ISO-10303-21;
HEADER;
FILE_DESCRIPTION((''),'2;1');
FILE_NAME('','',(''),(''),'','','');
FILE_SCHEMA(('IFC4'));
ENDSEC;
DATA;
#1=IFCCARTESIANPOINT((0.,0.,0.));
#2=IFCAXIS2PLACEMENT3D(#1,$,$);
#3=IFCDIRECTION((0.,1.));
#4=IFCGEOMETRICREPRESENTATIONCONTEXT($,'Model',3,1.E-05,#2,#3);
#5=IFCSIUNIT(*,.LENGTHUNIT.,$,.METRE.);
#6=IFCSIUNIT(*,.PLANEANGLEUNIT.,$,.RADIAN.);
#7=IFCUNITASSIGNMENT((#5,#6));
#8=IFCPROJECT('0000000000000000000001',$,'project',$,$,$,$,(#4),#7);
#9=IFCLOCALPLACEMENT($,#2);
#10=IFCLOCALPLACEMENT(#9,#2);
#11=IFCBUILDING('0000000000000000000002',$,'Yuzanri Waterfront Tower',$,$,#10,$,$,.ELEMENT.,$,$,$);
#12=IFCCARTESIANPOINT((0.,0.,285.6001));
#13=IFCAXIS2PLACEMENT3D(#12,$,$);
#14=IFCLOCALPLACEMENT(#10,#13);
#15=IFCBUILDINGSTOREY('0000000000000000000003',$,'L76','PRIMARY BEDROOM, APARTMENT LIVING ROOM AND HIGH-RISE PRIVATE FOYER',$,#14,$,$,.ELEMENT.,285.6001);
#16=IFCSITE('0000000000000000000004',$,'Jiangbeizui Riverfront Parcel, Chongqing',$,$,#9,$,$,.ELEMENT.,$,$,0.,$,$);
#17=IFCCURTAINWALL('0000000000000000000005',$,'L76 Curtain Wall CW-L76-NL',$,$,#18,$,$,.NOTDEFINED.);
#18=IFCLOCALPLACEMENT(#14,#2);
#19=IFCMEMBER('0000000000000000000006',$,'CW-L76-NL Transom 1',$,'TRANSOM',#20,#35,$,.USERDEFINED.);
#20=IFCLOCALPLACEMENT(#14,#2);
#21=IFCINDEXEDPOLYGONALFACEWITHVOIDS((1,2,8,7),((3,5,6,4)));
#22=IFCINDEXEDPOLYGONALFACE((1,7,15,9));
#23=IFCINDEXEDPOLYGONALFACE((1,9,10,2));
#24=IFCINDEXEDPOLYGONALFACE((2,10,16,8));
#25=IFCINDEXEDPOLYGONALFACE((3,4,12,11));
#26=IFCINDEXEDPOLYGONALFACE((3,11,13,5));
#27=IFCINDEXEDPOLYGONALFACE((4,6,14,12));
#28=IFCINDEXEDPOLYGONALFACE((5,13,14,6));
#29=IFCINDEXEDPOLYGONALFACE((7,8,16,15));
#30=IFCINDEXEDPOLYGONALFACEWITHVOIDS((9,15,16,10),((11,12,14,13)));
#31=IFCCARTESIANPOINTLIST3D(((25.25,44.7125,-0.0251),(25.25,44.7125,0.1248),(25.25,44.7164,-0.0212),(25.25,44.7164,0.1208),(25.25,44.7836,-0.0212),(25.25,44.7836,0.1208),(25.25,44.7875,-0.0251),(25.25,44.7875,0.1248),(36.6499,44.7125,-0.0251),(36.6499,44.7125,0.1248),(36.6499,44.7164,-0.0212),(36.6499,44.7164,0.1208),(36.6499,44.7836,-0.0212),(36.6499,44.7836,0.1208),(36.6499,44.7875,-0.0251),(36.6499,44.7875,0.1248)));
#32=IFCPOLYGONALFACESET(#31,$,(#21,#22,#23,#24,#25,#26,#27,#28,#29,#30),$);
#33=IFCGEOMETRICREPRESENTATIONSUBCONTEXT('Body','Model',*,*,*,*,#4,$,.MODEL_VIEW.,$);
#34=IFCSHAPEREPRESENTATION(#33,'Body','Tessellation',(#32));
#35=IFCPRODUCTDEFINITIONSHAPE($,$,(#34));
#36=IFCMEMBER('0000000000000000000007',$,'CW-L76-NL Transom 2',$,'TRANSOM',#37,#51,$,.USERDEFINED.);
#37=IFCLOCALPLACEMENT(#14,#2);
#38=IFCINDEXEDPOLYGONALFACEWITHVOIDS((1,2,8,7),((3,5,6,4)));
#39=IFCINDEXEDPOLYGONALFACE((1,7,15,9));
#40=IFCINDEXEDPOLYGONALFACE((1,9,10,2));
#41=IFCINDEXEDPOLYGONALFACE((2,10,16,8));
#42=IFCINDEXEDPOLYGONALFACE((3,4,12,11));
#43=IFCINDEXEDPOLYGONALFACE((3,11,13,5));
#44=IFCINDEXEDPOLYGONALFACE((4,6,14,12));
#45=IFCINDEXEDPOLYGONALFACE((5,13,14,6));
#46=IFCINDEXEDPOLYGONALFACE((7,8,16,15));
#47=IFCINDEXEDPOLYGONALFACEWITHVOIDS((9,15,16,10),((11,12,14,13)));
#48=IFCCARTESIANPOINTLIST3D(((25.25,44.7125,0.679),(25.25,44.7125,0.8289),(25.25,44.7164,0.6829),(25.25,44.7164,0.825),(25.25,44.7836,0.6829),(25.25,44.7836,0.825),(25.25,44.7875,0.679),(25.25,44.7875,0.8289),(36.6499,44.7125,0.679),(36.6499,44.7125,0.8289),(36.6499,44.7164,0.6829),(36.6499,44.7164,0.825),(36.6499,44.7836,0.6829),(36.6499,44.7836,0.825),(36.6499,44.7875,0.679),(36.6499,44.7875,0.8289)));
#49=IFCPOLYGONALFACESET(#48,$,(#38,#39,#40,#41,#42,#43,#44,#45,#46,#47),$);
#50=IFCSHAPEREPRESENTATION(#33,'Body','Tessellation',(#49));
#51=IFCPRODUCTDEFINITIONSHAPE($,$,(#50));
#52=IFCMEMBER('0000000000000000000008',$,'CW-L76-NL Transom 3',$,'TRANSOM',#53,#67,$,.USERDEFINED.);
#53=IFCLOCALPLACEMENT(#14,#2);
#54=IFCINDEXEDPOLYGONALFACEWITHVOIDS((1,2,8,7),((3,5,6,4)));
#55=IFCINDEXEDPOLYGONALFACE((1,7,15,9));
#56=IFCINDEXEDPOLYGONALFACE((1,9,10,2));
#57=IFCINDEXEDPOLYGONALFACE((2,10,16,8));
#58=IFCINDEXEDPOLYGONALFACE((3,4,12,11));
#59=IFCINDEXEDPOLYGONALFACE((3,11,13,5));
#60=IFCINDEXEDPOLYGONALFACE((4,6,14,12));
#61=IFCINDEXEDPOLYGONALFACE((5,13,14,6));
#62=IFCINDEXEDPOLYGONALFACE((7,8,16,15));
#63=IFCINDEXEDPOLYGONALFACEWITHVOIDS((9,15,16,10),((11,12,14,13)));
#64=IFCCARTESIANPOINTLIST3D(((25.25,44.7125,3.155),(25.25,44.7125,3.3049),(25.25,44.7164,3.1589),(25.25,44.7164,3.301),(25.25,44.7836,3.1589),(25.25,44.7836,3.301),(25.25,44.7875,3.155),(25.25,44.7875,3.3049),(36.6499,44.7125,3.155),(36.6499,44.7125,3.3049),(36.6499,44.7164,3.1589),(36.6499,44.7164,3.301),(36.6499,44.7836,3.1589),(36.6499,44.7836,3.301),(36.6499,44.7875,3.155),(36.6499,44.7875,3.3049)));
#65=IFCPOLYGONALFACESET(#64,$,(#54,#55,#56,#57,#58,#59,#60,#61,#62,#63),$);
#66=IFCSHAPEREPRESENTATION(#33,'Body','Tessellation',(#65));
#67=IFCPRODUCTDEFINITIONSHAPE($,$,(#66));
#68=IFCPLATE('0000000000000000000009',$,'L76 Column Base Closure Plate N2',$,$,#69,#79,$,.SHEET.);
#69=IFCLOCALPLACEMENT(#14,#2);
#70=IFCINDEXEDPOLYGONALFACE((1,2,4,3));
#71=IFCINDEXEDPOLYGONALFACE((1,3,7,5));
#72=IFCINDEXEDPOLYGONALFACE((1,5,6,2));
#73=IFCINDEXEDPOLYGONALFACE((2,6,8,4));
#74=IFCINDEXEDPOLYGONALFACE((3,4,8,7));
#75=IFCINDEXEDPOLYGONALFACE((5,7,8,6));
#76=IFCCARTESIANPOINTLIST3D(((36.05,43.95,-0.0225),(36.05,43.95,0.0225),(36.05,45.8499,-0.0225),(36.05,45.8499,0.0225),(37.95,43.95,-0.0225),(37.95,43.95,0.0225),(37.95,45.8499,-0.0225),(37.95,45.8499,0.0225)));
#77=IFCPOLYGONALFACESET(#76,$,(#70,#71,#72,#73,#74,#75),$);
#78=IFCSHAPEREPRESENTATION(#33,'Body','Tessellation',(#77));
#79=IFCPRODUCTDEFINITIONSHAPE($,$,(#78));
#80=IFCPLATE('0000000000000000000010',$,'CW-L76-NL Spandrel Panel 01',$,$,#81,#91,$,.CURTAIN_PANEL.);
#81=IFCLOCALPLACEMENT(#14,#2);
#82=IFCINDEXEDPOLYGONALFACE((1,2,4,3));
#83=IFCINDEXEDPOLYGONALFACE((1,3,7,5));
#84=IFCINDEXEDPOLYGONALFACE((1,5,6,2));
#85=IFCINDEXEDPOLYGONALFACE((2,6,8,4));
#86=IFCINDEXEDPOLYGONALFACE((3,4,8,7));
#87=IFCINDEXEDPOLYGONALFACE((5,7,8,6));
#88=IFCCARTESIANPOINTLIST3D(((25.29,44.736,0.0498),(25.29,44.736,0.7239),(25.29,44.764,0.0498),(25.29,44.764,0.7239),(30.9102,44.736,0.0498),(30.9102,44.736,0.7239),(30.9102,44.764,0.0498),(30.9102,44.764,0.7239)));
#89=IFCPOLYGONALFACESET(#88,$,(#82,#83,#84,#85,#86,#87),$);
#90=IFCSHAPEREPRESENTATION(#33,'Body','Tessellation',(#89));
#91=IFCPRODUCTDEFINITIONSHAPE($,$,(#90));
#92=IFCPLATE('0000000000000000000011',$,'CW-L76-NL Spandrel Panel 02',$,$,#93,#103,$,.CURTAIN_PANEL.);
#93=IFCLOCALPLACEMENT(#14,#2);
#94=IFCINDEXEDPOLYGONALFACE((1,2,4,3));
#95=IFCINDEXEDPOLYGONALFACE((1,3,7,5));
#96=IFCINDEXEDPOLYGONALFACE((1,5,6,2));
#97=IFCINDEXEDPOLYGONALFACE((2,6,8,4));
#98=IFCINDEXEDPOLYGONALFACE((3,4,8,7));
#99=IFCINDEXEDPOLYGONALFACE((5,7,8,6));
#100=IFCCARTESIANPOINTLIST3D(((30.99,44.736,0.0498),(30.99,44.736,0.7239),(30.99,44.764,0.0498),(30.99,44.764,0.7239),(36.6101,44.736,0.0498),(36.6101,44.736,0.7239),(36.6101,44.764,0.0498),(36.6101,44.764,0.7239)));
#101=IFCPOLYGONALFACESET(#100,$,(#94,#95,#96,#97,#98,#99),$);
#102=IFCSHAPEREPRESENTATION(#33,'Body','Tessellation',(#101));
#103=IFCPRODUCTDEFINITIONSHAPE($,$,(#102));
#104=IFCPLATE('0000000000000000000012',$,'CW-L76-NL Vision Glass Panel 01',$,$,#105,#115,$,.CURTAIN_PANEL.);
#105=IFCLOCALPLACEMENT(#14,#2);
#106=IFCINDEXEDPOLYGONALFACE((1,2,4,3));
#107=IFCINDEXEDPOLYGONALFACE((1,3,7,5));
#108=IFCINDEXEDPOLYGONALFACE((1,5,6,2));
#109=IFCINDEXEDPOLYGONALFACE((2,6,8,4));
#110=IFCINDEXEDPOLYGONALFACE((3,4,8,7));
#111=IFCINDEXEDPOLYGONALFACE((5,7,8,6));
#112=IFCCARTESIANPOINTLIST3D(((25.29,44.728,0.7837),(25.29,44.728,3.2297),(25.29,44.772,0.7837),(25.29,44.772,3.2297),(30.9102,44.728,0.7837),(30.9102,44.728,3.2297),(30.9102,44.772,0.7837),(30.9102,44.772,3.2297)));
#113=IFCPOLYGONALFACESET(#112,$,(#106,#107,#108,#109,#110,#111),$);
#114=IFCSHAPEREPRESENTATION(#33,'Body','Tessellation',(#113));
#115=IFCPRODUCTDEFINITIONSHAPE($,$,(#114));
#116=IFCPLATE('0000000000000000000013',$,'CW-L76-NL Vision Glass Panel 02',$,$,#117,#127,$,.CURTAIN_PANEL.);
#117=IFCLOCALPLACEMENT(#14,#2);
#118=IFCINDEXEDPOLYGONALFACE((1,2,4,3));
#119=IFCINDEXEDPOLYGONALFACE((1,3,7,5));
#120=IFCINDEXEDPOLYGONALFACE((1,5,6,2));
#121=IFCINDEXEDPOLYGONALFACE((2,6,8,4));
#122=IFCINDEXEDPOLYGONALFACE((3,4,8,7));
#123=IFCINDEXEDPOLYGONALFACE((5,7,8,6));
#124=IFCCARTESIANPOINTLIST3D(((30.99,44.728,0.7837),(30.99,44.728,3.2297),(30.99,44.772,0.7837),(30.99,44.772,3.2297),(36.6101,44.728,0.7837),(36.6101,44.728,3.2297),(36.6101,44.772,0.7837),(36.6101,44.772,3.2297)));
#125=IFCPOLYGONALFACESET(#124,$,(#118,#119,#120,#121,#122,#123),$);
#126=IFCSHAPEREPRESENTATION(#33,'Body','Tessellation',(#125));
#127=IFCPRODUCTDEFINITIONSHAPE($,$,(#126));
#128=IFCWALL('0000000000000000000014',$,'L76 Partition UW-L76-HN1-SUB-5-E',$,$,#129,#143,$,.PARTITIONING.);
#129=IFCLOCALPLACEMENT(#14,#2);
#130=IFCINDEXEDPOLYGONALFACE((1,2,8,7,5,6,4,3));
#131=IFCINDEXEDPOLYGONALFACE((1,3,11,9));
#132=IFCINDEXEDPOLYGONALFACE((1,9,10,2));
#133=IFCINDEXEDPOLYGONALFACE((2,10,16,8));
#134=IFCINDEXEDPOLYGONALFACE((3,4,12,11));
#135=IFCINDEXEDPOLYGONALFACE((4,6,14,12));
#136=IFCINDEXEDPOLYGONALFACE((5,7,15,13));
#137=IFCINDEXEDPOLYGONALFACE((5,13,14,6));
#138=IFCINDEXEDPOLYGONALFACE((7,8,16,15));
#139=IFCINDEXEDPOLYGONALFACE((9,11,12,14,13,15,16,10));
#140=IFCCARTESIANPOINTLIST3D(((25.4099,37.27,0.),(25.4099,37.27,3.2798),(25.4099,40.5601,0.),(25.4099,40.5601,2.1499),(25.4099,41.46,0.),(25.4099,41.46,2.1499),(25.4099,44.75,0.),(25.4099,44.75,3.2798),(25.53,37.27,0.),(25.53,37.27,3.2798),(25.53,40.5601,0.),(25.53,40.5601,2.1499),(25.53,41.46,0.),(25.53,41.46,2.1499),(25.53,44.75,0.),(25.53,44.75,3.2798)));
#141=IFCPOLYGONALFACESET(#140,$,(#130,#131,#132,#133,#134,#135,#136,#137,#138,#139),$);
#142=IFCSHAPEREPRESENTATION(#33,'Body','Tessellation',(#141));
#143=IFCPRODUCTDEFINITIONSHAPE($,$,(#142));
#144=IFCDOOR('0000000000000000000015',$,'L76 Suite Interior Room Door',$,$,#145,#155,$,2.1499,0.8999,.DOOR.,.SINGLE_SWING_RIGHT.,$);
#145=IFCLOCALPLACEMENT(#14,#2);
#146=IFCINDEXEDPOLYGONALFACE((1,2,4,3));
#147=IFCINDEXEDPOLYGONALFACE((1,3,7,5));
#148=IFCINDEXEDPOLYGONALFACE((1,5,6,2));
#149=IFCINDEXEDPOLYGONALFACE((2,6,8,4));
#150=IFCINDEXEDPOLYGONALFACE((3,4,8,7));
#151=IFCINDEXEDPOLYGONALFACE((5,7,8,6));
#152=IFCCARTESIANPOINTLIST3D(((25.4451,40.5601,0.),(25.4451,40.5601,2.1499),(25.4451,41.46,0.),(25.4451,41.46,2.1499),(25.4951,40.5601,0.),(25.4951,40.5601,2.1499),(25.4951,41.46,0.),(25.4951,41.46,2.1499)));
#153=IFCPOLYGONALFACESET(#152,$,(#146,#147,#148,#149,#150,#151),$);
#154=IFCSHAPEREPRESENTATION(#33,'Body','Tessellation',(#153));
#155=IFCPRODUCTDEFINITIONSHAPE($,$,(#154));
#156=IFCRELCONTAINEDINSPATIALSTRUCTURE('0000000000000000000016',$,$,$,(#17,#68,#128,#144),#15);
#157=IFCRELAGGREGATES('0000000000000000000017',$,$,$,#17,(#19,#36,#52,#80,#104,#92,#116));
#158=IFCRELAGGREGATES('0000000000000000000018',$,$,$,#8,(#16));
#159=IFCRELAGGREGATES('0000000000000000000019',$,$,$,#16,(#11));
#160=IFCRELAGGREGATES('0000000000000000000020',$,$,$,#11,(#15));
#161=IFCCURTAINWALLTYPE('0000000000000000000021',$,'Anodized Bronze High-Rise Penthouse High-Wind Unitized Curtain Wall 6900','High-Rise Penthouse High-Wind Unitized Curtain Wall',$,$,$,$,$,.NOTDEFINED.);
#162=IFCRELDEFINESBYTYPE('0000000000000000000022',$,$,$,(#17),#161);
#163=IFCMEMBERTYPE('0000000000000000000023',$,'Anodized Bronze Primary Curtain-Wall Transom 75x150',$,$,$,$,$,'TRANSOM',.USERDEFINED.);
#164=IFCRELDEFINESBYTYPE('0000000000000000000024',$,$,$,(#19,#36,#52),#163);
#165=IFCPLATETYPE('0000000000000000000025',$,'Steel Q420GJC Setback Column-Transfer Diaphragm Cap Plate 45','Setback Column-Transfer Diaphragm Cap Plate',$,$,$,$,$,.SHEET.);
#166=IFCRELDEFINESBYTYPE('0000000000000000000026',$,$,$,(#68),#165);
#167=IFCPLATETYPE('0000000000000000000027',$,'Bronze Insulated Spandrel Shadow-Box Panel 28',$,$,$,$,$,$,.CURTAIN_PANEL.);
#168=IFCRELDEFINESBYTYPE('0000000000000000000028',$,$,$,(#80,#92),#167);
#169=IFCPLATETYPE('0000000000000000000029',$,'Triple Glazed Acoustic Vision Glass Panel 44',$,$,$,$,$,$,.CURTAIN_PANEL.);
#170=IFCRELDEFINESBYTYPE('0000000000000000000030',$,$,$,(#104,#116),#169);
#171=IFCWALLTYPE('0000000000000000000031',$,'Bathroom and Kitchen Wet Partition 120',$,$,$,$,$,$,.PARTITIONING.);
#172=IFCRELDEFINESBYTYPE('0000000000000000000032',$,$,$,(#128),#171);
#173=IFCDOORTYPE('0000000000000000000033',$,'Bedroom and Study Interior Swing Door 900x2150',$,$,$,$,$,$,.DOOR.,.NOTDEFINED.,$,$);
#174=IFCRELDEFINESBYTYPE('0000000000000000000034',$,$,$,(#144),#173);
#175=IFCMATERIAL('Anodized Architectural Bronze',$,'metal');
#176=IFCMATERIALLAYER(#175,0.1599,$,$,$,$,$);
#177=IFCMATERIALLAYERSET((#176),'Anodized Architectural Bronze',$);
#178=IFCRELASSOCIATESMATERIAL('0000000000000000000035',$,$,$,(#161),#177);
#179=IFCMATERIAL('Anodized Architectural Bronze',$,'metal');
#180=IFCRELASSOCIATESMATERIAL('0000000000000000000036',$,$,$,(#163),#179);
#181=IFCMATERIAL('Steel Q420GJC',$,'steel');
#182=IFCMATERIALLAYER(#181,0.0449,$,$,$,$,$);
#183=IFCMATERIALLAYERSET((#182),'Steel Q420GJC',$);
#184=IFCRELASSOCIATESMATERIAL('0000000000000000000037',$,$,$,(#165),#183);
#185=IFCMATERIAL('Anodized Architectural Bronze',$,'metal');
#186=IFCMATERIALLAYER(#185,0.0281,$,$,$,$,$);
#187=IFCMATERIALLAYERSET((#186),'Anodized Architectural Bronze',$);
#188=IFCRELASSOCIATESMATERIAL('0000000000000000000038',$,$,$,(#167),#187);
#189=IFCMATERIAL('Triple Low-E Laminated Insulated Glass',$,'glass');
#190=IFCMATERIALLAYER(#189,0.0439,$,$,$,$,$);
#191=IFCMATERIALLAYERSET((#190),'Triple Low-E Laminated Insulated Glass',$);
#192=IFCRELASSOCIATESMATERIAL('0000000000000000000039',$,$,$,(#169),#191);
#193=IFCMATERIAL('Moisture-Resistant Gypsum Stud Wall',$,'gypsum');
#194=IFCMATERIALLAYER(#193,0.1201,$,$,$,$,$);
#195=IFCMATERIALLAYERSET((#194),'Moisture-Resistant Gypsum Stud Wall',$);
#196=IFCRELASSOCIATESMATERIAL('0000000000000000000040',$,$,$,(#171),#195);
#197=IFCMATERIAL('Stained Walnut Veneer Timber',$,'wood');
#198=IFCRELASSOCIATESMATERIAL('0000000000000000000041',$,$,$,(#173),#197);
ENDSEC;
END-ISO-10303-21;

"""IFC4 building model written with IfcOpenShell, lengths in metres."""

from ifc_helpers import new_model, si_unit, direction, frame, frame_2d, origin, origin_2d, place, context, subcontext, project, spatial, rectangle, hollow_rectangle, extrude, source, transform, mapped, material, layer, layer_set, material_profile, profile_set, type_object, element, fill, aggregate, save


model = new_model("IFC4")

# Units and contexts
model_context = context("Model", 3, precision=1e-05, world=origin(), true_north=direction((0.0, 1.0)))
body_context = subcontext(model_context, "Body", "Model", "MODEL_VIEW")
ifc_project = project(units=[si_unit("LENGTHUNIT", "METRE"), si_unit("PLANEANGLEUNIT", "RADIAN")], contexts=[model_context])

# Site, building, storey
site_placement = place(None, origin())
site = spatial("IfcSite", under=ifc_project, at=site_placement, Name="Jiangbeizui Riverfront Parcel, Chongqing", CompositionType="ELEMENT", RefElevation=0.0)
building_placement = place(site_placement, origin())
building = spatial("IfcBuilding", under=site, at=building_placement, Name="Yuzanri Waterfront Tower", CompositionType="ELEMENT")
storey_placement = place(building_placement, frame((0.0, 0.0, 285.6001)))
storey = spatial("IfcBuildingStorey", under=building, at=storey_placement, Name="L76", Description="PRIMARY BEDROOM, APARTMENT LIVING ROOM AND HIGH-RISE PRIVATE FOYER", CompositionType="ELEMENT", Elevation=285.6001)

# Curtain wall, members
ifc_material_1 = material(Name="Anodized Architectural Bronze", Category="metal")
ifc_layer_1 = layer(ifc_material_1, 0.1599)
ifc_layer_set_1 = layer_set([ifc_layer_1], Name="Anodized Architectural Bronze")
curtain_wall_type = type_object("IfcCurtainWallType", Name="Anodized Bronze High-Rise Penthouse High-Wind Unitized Curtain Wall 6900", Description="High-Rise Penthouse High-Wind Unitized Curtain Wall", PredefinedType="NOTDEFINED", material=ifc_layer_set_1)
curtain_wall_placement = place(storey_placement, origin())
curtain_wall = element("IfcCurtainWall", 1, at=curtain_wall_placement, inside=storey, type_object=curtain_wall_type, Name="L76 Curtain Wall CW-L76-NL", PredefinedType="NOTDEFINED")
ifc_material_2 = material(Name="Anodized Architectural Bronze", Category="metal")
ifc_material_profile_1 = material_profile(ifc_material_2, hollow_rectangle(XDim=0.075, YDim=0.1499, WallThickness=0.0039, at=origin_2d()), Name="CWT 75x150")
ifc_profile_set_1 = profile_set([ifc_material_profile_1], Name="Anodized Architectural Bronze")
member_type_1 = type_object("IfcMemberType", Name="Anodized Bronze Primary Curtain-Wall Transom 75x150", ElementType="TRANSOM", PredefinedType="USERDEFINED", material=ifc_profile_set_1)
shared_shape_1 = source(origin(), body_context, "Body", "SweptSolid", [
    extrude(hollow_rectangle(XDim=0.075, YDim=0.1499, WallThickness=0.0039, at=origin_2d()), origin(), (0.0, 0.0, 1.0), 11.3999),
])
member_1_placement = place(storey_placement, frame((25.25, 44.75, 0.0498), z_axis=(1.0, 0.0, 0.0), x_axis=(0.0, 1.0, 0.0)))
member_1 = element("IfcMember", 2, at=member_1_placement, type_object=member_type_1, Name="CW-L76-NL Transom 1", ObjectType="TRANSOM", PredefinedType="USERDEFINED", context=body_context, shape_type="MappedRepresentation", body=[
    mapped(shared_shape_1, transform((0.0, 0.0, 0.0), scale=1.0)),
])
member_2_placement = place(storey_placement, frame((25.25, 44.75, 0.7539), z_axis=(1.0, 0.0, 0.0), x_axis=(0.0, 1.0, 0.0)))
member_2 = element("IfcMember", 3, at=member_2_placement, type_object=member_type_1, Name="CW-L76-NL Transom 2", ObjectType="TRANSOM", PredefinedType="USERDEFINED", context=body_context, shape_type="MappedRepresentation", body=[
    mapped(shared_shape_1, transform((0.0, 0.0, 0.0), scale=1.0)),
])
member_3_placement = place(storey_placement, frame((25.25, 44.75, 3.23), z_axis=(1.0, 0.0, 0.0), x_axis=(0.0, 1.0, 0.0)))
member_3 = element("IfcMember", 4, at=member_3_placement, type_object=member_type_1, Name="CW-L76-NL Transom 3", ObjectType="TRANSOM", PredefinedType="USERDEFINED", context=body_context, shape_type="MappedRepresentation", body=[
    mapped(shared_shape_1, transform((0.0, 0.0, 0.0), scale=1.0)),
])

# Plates
ifc_material_3 = material(Name="Steel Q420GJC", Category="steel")
ifc_layer_2 = layer(ifc_material_3, 0.0449)
ifc_layer_set_2 = layer_set([ifc_layer_2], Name="Steel Q420GJC")
plate_type_1 = type_object("IfcPlateType", Name="Steel Q420GJC Setback Column-Transfer Diaphragm Cap Plate 45", Description="Setback Column-Transfer Diaphragm Cap Plate", PredefinedType="SHEET", material=ifc_layer_set_2)
shared_shape_2 = source(origin(), body_context, "Body", "SweptSolid", [
    extrude(rectangle(XDim=1.8999, YDim=1.8999, at=origin_2d()), origin(), (0.0, 0.0, 1.0), 0.0449),
])
plate_1_placement = place(storey_placement, frame((37.0, 44.8999, -0.0225), z_axis=(0.0, 0.0, 1.0), x_axis=(1.0, 0.0, 0.0)))
element("IfcPlate", 5, at=plate_1_placement, inside=storey, type_object=plate_type_1, Name="L76 Column Base Closure Plate N2", PredefinedType="SHEET", context=body_context, shape_type="MappedRepresentation", body=[
    mapped(shared_shape_2, transform((0.0, 0.0, 0.0), scale=1.0)),
])
ifc_material_4 = material(Name="Anodized Architectural Bronze", Category="metal")
ifc_layer_3 = layer(ifc_material_4, 0.0281)
ifc_layer_set_3 = layer_set([ifc_layer_3], Name="Anodized Architectural Bronze")
plate_type_2 = type_object("IfcPlateType", Name="Bronze Insulated Spandrel Shadow-Box Panel 28", PredefinedType="CURTAIN_PANEL", material=ifc_layer_set_3)
shared_shape_3 = source(origin(), body_context, "Body", "SweptSolid", [
    extrude(rectangle(XDim=5.6201, YDim=0.0281, at=origin_2d()), origin(), (0.0, 0.0, 1.0), 0.6741),
])
plate_2_placement = place(storey_placement, frame((28.1001, 44.75, 0.0498), z_axis=(0.0, 0.0, 1.0), x_axis=(1.0, 0.0, 0.0)))
plate_2 = element("IfcPlate", 6, at=plate_2_placement, type_object=plate_type_2, Name="CW-L76-NL Spandrel Panel 01", PredefinedType="CURTAIN_PANEL", context=body_context, shape_type="MappedRepresentation", body=[
    mapped(shared_shape_3, transform((0.0, 0.0, 0.0), scale=1.0)),
])
plate_3_placement = place(storey_placement, frame((33.8, 44.75, 0.0498), z_axis=(0.0, 0.0, 1.0), x_axis=(1.0, 0.0, 0.0)))
plate_3 = element("IfcPlate", 7, at=plate_3_placement, type_object=plate_type_2, Name="CW-L76-NL Spandrel Panel 02", PredefinedType="CURTAIN_PANEL", context=body_context, shape_type="MappedRepresentation", body=[
    mapped(shared_shape_3, transform((0.0, 0.0, 0.0), scale=1.0)),
])
ifc_material_5 = material(Name="Triple Low-E Laminated Insulated Glass", Category="glass")
ifc_layer_4 = layer(ifc_material_5, 0.0439)
ifc_layer_set_4 = layer_set([ifc_layer_4], Name="Triple Low-E Laminated Insulated Glass")
plate_type_3 = type_object("IfcPlateType", Name="Triple Glazed Acoustic Vision Glass Panel 44", PredefinedType="CURTAIN_PANEL", material=ifc_layer_set_4)
shared_shape_4 = source(origin(), body_context, "Body", "SweptSolid", [
    extrude(rectangle(XDim=5.6201, YDim=0.0439, at=origin_2d()), origin(), (0.0, 0.0, 1.0), 2.446),
])
plate_4_placement = place(storey_placement, frame((28.1001, 44.75, 0.7837), z_axis=(0.0, 0.0, 1.0), x_axis=(1.0, 0.0, 0.0)))
plate_4 = element("IfcPlate", 8, at=plate_4_placement, type_object=plate_type_3, Name="CW-L76-NL Vision Glass Panel 01", PredefinedType="CURTAIN_PANEL", context=body_context, shape_type="MappedRepresentation", body=[
    mapped(shared_shape_4, transform((0.0, 0.0, 0.0), scale=1.0)),
])
plate_5_placement = place(storey_placement, frame((33.8, 44.75, 0.7837), z_axis=(0.0, 0.0, 1.0), x_axis=(1.0, 0.0, 0.0)))
plate_5 = element("IfcPlate", 9, at=plate_5_placement, type_object=plate_type_3, Name="CW-L76-NL Vision Glass Panel 02", PredefinedType="CURTAIN_PANEL", context=body_context, shape_type="MappedRepresentation", body=[
    mapped(shared_shape_4, transform((0.0, 0.0, 0.0), scale=1.0)),
])
aggregate(curtain_wall, [member_1, member_2, member_3, plate_2, plate_4, plate_3, plate_5])

# Wall, opening, door
ifc_material_6 = material(Name="Moisture-Resistant Gypsum Stud Wall", Category="gypsum")
ifc_layer_5 = layer(ifc_material_6, 0.1201)
ifc_layer_set_5 = layer_set([ifc_layer_5], Name="Moisture-Resistant Gypsum Stud Wall")
wall_type = type_object("IfcWallType", Name="Bathroom and Kitchen Wet Partition 120", PredefinedType="PARTITIONING", material=ifc_layer_set_5)
wall_1_placement = place(storey_placement, frame((25.47, 37.27, 0.0), z_axis=(0.0, 0.0, 1.0), x_axis=(0.0, 1.0, 0.0)))
wall_1 = element("IfcWall", 10, at=wall_1_placement, inside=storey, type_object=wall_type, Name="L76 Partition UW-L76-HN1-SUB-5-E", PredefinedType="PARTITIONING", context=body_context, shape_type="SweptSolid", body=[
    extrude(rectangle(XDim=7.48, YDim=0.1201, at=frame_2d((3.74, 0.0))), origin(), (0.0, 0.0, 1.0), 3.2798),
])
opening_1_placement = place(wall_1_placement, frame((3.29, 0.0, 0.0)))
opening_1 = element("IfcOpeningElement", 11, at=opening_1_placement, cuts=wall_1, PredefinedType="OPENING", context=body_context, shape_type="SweptSolid", body=[
    extrude(rectangle(XDim=0.8999, YDim=2.1499, at=frame_2d((0.45, 1.075))), frame((0.0, 0.075, 0.0), z_axis=(0.0, -1.0, 0.0), x_axis=(1.0, 0.0, 0.0)), (0.0, 0.0, 1.0), 0.1499),
])
ifc_material_7 = material(Name="Stained Walnut Veneer Timber", Category="wood")
door_type_1 = type_object("IfcDoorType", Name="Bedroom and Study Interior Swing Door 900x2150", OperationType="NOTDEFINED", PredefinedType="DOOR", material=ifc_material_7)
shared_shape_5 = source(origin(), body_context, "Body", "SweptSolid", [
    extrude(rectangle(XDim=0.8999, YDim=2.1499, at=frame_2d((0.45, 1.075))), frame((0.0, 0.0249, 0.0), z_axis=(0.0, -1.0, 0.0), x_axis=(1.0, 0.0, 0.0)), (0.0, 0.0, 1.0), 0.05),
])
door_1_placement = place(opening_1_placement, origin())
door_1 = element("IfcDoor", 12, at=door_1_placement, inside=storey, type_object=door_type_1, Name="L76 Suite Interior Room Door", OperationType="SINGLE_SWING_RIGHT", OverallHeight=2.1499, OverallWidth=0.8999, PredefinedType="DOOR", context=body_context, shape_type="MappedRepresentation", body=[
    mapped(shared_shape_5, transform((0.0, 0.0, 0.0), scale=1.0)),
])
fill(opening_1, door_1)

save(model, "model.ifc")
